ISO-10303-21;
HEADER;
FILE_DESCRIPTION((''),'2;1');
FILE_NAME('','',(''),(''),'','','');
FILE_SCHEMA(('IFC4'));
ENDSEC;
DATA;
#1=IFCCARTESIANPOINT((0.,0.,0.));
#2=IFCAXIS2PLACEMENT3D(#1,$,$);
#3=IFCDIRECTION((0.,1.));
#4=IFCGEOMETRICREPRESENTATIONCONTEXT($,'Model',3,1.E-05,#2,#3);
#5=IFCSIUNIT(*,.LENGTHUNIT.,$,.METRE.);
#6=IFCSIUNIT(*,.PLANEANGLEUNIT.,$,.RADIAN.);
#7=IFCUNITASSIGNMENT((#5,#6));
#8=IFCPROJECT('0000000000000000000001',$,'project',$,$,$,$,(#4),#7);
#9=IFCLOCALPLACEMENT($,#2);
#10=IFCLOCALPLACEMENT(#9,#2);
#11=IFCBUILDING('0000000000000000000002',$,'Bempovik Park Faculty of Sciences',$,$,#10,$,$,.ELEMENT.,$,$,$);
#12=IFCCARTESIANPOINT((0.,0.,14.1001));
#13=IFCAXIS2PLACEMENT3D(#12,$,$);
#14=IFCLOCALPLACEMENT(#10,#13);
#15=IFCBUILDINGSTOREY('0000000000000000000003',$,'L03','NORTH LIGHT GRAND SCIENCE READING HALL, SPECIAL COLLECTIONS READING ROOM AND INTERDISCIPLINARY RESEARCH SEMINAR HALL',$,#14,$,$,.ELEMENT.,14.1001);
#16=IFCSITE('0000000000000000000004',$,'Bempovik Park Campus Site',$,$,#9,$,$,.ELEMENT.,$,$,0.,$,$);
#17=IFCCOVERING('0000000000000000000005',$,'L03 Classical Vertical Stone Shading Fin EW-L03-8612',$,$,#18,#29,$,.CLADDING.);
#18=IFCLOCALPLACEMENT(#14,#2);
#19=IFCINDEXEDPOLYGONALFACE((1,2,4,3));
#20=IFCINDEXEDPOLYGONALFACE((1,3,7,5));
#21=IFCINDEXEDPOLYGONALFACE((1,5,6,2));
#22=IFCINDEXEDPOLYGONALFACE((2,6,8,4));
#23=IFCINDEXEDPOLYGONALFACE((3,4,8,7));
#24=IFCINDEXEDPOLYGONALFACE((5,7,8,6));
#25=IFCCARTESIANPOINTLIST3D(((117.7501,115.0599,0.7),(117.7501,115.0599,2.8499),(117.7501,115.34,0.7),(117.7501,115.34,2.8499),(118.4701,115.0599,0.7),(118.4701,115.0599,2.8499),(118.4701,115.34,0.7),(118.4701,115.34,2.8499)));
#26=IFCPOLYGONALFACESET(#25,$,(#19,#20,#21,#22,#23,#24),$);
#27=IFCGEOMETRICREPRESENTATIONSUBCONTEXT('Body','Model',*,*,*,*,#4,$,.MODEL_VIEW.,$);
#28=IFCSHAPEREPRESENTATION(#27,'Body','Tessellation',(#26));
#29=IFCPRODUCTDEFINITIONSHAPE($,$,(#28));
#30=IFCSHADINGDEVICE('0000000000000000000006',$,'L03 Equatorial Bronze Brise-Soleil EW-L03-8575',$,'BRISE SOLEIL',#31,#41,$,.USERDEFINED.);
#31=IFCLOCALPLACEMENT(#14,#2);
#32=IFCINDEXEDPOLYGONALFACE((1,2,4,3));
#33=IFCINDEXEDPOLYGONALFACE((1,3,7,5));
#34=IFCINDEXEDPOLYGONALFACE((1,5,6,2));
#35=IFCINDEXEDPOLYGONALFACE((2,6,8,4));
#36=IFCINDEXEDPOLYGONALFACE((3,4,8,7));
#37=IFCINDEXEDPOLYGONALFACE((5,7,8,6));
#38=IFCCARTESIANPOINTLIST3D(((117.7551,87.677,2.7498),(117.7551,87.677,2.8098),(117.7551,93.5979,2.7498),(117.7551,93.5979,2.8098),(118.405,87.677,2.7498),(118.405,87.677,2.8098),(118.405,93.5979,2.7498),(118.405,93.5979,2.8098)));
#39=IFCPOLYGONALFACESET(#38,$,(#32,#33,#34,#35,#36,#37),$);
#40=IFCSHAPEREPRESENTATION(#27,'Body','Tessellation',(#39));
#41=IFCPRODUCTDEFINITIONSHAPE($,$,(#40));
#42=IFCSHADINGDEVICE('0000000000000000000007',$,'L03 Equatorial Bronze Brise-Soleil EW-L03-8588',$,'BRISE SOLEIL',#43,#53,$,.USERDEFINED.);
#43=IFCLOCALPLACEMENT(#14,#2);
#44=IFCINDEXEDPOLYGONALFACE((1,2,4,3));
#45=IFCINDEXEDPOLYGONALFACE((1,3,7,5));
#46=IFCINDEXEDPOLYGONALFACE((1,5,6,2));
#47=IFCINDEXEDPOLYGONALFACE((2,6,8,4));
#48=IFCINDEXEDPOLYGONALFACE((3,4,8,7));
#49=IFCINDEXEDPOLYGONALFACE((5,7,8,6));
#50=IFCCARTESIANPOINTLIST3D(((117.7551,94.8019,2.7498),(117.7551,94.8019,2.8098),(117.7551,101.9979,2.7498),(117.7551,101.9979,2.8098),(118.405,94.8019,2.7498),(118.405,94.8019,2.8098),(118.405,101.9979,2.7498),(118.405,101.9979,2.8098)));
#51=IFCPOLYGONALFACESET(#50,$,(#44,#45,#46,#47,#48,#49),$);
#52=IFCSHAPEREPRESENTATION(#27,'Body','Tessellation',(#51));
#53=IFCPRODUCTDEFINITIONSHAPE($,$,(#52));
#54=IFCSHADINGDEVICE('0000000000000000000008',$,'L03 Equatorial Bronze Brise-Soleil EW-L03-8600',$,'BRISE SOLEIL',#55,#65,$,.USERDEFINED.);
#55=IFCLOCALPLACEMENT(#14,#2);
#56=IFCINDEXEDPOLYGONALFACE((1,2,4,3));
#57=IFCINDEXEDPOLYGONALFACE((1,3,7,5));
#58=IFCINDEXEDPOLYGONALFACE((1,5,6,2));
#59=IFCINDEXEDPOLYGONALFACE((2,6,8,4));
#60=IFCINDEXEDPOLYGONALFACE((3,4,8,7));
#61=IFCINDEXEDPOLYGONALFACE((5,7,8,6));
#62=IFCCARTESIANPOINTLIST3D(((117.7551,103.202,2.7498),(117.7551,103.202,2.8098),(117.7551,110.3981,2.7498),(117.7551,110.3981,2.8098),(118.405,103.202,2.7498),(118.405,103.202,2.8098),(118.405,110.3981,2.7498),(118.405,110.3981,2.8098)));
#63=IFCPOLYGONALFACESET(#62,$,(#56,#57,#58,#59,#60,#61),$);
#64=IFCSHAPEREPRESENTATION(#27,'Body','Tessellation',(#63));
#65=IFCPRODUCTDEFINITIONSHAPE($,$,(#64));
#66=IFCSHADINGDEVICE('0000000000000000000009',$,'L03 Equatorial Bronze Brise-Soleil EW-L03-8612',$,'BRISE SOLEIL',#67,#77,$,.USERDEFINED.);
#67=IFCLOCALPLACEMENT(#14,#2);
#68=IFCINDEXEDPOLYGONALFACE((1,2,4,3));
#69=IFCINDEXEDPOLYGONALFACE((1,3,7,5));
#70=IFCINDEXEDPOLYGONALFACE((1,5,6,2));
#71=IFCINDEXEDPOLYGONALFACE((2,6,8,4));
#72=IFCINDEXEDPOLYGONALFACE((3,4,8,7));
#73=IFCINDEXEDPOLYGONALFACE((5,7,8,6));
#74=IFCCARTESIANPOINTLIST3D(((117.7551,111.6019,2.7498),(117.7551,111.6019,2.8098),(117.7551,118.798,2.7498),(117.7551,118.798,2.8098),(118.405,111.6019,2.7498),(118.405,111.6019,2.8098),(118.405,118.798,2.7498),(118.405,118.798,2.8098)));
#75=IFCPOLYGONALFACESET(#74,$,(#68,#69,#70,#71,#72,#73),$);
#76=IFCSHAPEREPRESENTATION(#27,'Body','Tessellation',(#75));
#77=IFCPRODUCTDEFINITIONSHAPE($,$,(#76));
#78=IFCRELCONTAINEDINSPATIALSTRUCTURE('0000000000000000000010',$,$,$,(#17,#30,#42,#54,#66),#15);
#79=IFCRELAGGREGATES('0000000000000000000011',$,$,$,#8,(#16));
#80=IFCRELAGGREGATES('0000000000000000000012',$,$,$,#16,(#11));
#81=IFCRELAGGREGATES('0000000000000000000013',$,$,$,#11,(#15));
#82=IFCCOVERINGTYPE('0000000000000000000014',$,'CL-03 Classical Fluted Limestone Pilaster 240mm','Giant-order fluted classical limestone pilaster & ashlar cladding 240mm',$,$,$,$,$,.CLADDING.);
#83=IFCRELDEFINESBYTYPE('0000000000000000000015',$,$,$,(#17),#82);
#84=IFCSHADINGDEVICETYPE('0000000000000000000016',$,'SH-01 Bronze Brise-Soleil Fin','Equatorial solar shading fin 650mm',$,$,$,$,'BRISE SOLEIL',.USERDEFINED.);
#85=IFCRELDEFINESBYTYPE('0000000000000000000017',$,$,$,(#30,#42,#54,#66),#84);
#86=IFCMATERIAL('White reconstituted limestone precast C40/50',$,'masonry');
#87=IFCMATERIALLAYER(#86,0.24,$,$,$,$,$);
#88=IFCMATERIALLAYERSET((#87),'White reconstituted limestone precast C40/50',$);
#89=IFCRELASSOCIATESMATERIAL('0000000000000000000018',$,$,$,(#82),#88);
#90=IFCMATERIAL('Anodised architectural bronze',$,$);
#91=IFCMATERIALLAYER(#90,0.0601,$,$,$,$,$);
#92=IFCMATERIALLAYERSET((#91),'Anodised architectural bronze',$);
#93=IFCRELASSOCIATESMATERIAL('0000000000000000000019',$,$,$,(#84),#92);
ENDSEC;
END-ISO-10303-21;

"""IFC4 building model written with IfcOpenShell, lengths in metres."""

from ifc_helpers import new_model, si_unit, direction, frame, origin, origin_2d, place, context, subcontext, project, spatial, rectangle, extrude, material, layer, layer_set, type_object, element, save


model = new_model("IFC4")

# Units and contexts
model_context = context("Model", 3, precision=1e-05, world=origin(), true_north=direction((0.0, 1.0)))
body_context = subcontext(model_context, "Body", "Model", "MODEL_VIEW")
ifc_project = project(units=[si_unit("LENGTHUNIT", "METRE"), si_unit("PLANEANGLEUNIT", "RADIAN")], contexts=[model_context])

# Site, building, storey
site_placement = place(None, origin())
site = spatial("IfcSite", under=ifc_project, at=site_placement, Name="Bempovik Park Campus Site", CompositionType="ELEMENT", RefElevation=0.0)
building_placement = place(site_placement, origin())
building = spatial("IfcBuilding", under=site, at=building_placement, Name="Bempovik Park Faculty of Sciences", CompositionType="ELEMENT")
storey_placement = place(building_placement, frame((0.0, 0.0, 14.1001)))
storey = spatial("IfcBuildingStorey", under=building, at=storey_placement, Name="L03", Description="NORTH LIGHT GRAND SCIENCE READING HALL, SPECIAL COLLECTIONS READING ROOM AND INTERDISCIPLINARY RESEARCH SEMINAR HALL", CompositionType="ELEMENT", Elevation=14.1001)

# Shared definitions
ifc_material_1 = material(Name="Anodised architectural bronze")

# Covering
ifc_material_2 = material(Name="White reconstituted limestone precast C40/50", Category="masonry")
ifc_layer_1 = layer(ifc_material_2, 0.24)
ifc_layer_set_1 = layer_set([ifc_layer_1], Name="White reconstituted limestone precast C40/50")
covering_type_1 = type_object("IfcCoveringType", Name="CL-03 Classical Fluted Limestone Pilaster 240mm", Description="Giant-order fluted classical limestone pilaster & ashlar cladding 240mm", PredefinedType="CLADDING", material=ifc_layer_set_1)
covering_1_placement = place(storey_placement, frame((118.1101, 115.2, 0.7), z_axis=(0.0, 0.0, 1.0), x_axis=(1.0, 0.0, 0.0)))
element("IfcCovering", 1, at=covering_1_placement, inside=storey, type_object=covering_type_1, Name="L03 Classical Vertical Stone Shading Fin EW-L03-8612", PredefinedType="CLADDING", context=body_context, shape_type="SweptSolid", body=[
    extrude(rectangle(XDim=0.72, YDim=0.28, at=origin_2d()), origin(), (0.0, 0.0, 1.0), 2.1499),
])

# Shading devices
ifc_layer_2 = layer(ifc_material_1, 0.0601)
ifc_layer_set_2 = layer_set([ifc_layer_2], Name="Anodised architectural bronze")
shading_device_type = type_object("IfcShadingDeviceType", Name="SH-01 Bronze Brise-Soleil Fin", Description="Equatorial solar shading fin 650mm", ElementType="BRISE SOLEIL", PredefinedType="USERDEFINED", material=ifc_layer_set_2)
shading_device_placement = place(storey_placement, frame((118.0801, 90.6375, 2.7498), z_axis=(0.0, 0.0, 1.0), x_axis=(1.0, 0.0, 0.0)))
element("IfcShadingDevice", 2, at=shading_device_placement, inside=storey, type_object=shading_device_type, Name="L03 Equatorial Bronze Brise-Soleil EW-L03-8575", ObjectType="BRISE SOLEIL", PredefinedType="USERDEFINED", context=body_context, shape_type="SweptSolid", body=[
    extrude(rectangle(XDim=0.6499, YDim=5.9209, at=origin_2d()), origin(), (0.0, 0.0, 1.0), 0.0601),
])
for number, where, z_axis, x_axis, name in (
    (3, (118.0801, 98.3999, 2.7498), (0.0, 0.0, 1.0), (1.0, 0.0, 0.0), "L03 Equatorial Bronze Brise-Soleil EW-L03-8588"),
    (4, (118.0801, 106.8, 2.7498), (0.0, 0.0, 1.0), (1.0, 0.0, 0.0), "L03 Equatorial Bronze Brise-Soleil EW-L03-8600"),
    (5, (118.0801, 115.2, 2.7498), (0.0, 0.0, 1.0), (1.0, 0.0, 0.0), "L03 Equatorial Bronze Brise-Soleil EW-L03-8612"),
):
    element("IfcShadingDevice", number, at=place(storey_placement, frame(where, z_axis=z_axis, x_axis=x_axis)), inside=storey, type_object=shading_device_type, Name=name, ObjectType="BRISE SOLEIL", PredefinedType="USERDEFINED", context=body_context, shape_type="SweptSolid", body=[
        extrude(rectangle(XDim=0.6499, YDim=7.196, at=origin_2d()), origin(), (0.0, 0.0, 1.0), 0.0601),
    ])

save(model, "model.ifc")
